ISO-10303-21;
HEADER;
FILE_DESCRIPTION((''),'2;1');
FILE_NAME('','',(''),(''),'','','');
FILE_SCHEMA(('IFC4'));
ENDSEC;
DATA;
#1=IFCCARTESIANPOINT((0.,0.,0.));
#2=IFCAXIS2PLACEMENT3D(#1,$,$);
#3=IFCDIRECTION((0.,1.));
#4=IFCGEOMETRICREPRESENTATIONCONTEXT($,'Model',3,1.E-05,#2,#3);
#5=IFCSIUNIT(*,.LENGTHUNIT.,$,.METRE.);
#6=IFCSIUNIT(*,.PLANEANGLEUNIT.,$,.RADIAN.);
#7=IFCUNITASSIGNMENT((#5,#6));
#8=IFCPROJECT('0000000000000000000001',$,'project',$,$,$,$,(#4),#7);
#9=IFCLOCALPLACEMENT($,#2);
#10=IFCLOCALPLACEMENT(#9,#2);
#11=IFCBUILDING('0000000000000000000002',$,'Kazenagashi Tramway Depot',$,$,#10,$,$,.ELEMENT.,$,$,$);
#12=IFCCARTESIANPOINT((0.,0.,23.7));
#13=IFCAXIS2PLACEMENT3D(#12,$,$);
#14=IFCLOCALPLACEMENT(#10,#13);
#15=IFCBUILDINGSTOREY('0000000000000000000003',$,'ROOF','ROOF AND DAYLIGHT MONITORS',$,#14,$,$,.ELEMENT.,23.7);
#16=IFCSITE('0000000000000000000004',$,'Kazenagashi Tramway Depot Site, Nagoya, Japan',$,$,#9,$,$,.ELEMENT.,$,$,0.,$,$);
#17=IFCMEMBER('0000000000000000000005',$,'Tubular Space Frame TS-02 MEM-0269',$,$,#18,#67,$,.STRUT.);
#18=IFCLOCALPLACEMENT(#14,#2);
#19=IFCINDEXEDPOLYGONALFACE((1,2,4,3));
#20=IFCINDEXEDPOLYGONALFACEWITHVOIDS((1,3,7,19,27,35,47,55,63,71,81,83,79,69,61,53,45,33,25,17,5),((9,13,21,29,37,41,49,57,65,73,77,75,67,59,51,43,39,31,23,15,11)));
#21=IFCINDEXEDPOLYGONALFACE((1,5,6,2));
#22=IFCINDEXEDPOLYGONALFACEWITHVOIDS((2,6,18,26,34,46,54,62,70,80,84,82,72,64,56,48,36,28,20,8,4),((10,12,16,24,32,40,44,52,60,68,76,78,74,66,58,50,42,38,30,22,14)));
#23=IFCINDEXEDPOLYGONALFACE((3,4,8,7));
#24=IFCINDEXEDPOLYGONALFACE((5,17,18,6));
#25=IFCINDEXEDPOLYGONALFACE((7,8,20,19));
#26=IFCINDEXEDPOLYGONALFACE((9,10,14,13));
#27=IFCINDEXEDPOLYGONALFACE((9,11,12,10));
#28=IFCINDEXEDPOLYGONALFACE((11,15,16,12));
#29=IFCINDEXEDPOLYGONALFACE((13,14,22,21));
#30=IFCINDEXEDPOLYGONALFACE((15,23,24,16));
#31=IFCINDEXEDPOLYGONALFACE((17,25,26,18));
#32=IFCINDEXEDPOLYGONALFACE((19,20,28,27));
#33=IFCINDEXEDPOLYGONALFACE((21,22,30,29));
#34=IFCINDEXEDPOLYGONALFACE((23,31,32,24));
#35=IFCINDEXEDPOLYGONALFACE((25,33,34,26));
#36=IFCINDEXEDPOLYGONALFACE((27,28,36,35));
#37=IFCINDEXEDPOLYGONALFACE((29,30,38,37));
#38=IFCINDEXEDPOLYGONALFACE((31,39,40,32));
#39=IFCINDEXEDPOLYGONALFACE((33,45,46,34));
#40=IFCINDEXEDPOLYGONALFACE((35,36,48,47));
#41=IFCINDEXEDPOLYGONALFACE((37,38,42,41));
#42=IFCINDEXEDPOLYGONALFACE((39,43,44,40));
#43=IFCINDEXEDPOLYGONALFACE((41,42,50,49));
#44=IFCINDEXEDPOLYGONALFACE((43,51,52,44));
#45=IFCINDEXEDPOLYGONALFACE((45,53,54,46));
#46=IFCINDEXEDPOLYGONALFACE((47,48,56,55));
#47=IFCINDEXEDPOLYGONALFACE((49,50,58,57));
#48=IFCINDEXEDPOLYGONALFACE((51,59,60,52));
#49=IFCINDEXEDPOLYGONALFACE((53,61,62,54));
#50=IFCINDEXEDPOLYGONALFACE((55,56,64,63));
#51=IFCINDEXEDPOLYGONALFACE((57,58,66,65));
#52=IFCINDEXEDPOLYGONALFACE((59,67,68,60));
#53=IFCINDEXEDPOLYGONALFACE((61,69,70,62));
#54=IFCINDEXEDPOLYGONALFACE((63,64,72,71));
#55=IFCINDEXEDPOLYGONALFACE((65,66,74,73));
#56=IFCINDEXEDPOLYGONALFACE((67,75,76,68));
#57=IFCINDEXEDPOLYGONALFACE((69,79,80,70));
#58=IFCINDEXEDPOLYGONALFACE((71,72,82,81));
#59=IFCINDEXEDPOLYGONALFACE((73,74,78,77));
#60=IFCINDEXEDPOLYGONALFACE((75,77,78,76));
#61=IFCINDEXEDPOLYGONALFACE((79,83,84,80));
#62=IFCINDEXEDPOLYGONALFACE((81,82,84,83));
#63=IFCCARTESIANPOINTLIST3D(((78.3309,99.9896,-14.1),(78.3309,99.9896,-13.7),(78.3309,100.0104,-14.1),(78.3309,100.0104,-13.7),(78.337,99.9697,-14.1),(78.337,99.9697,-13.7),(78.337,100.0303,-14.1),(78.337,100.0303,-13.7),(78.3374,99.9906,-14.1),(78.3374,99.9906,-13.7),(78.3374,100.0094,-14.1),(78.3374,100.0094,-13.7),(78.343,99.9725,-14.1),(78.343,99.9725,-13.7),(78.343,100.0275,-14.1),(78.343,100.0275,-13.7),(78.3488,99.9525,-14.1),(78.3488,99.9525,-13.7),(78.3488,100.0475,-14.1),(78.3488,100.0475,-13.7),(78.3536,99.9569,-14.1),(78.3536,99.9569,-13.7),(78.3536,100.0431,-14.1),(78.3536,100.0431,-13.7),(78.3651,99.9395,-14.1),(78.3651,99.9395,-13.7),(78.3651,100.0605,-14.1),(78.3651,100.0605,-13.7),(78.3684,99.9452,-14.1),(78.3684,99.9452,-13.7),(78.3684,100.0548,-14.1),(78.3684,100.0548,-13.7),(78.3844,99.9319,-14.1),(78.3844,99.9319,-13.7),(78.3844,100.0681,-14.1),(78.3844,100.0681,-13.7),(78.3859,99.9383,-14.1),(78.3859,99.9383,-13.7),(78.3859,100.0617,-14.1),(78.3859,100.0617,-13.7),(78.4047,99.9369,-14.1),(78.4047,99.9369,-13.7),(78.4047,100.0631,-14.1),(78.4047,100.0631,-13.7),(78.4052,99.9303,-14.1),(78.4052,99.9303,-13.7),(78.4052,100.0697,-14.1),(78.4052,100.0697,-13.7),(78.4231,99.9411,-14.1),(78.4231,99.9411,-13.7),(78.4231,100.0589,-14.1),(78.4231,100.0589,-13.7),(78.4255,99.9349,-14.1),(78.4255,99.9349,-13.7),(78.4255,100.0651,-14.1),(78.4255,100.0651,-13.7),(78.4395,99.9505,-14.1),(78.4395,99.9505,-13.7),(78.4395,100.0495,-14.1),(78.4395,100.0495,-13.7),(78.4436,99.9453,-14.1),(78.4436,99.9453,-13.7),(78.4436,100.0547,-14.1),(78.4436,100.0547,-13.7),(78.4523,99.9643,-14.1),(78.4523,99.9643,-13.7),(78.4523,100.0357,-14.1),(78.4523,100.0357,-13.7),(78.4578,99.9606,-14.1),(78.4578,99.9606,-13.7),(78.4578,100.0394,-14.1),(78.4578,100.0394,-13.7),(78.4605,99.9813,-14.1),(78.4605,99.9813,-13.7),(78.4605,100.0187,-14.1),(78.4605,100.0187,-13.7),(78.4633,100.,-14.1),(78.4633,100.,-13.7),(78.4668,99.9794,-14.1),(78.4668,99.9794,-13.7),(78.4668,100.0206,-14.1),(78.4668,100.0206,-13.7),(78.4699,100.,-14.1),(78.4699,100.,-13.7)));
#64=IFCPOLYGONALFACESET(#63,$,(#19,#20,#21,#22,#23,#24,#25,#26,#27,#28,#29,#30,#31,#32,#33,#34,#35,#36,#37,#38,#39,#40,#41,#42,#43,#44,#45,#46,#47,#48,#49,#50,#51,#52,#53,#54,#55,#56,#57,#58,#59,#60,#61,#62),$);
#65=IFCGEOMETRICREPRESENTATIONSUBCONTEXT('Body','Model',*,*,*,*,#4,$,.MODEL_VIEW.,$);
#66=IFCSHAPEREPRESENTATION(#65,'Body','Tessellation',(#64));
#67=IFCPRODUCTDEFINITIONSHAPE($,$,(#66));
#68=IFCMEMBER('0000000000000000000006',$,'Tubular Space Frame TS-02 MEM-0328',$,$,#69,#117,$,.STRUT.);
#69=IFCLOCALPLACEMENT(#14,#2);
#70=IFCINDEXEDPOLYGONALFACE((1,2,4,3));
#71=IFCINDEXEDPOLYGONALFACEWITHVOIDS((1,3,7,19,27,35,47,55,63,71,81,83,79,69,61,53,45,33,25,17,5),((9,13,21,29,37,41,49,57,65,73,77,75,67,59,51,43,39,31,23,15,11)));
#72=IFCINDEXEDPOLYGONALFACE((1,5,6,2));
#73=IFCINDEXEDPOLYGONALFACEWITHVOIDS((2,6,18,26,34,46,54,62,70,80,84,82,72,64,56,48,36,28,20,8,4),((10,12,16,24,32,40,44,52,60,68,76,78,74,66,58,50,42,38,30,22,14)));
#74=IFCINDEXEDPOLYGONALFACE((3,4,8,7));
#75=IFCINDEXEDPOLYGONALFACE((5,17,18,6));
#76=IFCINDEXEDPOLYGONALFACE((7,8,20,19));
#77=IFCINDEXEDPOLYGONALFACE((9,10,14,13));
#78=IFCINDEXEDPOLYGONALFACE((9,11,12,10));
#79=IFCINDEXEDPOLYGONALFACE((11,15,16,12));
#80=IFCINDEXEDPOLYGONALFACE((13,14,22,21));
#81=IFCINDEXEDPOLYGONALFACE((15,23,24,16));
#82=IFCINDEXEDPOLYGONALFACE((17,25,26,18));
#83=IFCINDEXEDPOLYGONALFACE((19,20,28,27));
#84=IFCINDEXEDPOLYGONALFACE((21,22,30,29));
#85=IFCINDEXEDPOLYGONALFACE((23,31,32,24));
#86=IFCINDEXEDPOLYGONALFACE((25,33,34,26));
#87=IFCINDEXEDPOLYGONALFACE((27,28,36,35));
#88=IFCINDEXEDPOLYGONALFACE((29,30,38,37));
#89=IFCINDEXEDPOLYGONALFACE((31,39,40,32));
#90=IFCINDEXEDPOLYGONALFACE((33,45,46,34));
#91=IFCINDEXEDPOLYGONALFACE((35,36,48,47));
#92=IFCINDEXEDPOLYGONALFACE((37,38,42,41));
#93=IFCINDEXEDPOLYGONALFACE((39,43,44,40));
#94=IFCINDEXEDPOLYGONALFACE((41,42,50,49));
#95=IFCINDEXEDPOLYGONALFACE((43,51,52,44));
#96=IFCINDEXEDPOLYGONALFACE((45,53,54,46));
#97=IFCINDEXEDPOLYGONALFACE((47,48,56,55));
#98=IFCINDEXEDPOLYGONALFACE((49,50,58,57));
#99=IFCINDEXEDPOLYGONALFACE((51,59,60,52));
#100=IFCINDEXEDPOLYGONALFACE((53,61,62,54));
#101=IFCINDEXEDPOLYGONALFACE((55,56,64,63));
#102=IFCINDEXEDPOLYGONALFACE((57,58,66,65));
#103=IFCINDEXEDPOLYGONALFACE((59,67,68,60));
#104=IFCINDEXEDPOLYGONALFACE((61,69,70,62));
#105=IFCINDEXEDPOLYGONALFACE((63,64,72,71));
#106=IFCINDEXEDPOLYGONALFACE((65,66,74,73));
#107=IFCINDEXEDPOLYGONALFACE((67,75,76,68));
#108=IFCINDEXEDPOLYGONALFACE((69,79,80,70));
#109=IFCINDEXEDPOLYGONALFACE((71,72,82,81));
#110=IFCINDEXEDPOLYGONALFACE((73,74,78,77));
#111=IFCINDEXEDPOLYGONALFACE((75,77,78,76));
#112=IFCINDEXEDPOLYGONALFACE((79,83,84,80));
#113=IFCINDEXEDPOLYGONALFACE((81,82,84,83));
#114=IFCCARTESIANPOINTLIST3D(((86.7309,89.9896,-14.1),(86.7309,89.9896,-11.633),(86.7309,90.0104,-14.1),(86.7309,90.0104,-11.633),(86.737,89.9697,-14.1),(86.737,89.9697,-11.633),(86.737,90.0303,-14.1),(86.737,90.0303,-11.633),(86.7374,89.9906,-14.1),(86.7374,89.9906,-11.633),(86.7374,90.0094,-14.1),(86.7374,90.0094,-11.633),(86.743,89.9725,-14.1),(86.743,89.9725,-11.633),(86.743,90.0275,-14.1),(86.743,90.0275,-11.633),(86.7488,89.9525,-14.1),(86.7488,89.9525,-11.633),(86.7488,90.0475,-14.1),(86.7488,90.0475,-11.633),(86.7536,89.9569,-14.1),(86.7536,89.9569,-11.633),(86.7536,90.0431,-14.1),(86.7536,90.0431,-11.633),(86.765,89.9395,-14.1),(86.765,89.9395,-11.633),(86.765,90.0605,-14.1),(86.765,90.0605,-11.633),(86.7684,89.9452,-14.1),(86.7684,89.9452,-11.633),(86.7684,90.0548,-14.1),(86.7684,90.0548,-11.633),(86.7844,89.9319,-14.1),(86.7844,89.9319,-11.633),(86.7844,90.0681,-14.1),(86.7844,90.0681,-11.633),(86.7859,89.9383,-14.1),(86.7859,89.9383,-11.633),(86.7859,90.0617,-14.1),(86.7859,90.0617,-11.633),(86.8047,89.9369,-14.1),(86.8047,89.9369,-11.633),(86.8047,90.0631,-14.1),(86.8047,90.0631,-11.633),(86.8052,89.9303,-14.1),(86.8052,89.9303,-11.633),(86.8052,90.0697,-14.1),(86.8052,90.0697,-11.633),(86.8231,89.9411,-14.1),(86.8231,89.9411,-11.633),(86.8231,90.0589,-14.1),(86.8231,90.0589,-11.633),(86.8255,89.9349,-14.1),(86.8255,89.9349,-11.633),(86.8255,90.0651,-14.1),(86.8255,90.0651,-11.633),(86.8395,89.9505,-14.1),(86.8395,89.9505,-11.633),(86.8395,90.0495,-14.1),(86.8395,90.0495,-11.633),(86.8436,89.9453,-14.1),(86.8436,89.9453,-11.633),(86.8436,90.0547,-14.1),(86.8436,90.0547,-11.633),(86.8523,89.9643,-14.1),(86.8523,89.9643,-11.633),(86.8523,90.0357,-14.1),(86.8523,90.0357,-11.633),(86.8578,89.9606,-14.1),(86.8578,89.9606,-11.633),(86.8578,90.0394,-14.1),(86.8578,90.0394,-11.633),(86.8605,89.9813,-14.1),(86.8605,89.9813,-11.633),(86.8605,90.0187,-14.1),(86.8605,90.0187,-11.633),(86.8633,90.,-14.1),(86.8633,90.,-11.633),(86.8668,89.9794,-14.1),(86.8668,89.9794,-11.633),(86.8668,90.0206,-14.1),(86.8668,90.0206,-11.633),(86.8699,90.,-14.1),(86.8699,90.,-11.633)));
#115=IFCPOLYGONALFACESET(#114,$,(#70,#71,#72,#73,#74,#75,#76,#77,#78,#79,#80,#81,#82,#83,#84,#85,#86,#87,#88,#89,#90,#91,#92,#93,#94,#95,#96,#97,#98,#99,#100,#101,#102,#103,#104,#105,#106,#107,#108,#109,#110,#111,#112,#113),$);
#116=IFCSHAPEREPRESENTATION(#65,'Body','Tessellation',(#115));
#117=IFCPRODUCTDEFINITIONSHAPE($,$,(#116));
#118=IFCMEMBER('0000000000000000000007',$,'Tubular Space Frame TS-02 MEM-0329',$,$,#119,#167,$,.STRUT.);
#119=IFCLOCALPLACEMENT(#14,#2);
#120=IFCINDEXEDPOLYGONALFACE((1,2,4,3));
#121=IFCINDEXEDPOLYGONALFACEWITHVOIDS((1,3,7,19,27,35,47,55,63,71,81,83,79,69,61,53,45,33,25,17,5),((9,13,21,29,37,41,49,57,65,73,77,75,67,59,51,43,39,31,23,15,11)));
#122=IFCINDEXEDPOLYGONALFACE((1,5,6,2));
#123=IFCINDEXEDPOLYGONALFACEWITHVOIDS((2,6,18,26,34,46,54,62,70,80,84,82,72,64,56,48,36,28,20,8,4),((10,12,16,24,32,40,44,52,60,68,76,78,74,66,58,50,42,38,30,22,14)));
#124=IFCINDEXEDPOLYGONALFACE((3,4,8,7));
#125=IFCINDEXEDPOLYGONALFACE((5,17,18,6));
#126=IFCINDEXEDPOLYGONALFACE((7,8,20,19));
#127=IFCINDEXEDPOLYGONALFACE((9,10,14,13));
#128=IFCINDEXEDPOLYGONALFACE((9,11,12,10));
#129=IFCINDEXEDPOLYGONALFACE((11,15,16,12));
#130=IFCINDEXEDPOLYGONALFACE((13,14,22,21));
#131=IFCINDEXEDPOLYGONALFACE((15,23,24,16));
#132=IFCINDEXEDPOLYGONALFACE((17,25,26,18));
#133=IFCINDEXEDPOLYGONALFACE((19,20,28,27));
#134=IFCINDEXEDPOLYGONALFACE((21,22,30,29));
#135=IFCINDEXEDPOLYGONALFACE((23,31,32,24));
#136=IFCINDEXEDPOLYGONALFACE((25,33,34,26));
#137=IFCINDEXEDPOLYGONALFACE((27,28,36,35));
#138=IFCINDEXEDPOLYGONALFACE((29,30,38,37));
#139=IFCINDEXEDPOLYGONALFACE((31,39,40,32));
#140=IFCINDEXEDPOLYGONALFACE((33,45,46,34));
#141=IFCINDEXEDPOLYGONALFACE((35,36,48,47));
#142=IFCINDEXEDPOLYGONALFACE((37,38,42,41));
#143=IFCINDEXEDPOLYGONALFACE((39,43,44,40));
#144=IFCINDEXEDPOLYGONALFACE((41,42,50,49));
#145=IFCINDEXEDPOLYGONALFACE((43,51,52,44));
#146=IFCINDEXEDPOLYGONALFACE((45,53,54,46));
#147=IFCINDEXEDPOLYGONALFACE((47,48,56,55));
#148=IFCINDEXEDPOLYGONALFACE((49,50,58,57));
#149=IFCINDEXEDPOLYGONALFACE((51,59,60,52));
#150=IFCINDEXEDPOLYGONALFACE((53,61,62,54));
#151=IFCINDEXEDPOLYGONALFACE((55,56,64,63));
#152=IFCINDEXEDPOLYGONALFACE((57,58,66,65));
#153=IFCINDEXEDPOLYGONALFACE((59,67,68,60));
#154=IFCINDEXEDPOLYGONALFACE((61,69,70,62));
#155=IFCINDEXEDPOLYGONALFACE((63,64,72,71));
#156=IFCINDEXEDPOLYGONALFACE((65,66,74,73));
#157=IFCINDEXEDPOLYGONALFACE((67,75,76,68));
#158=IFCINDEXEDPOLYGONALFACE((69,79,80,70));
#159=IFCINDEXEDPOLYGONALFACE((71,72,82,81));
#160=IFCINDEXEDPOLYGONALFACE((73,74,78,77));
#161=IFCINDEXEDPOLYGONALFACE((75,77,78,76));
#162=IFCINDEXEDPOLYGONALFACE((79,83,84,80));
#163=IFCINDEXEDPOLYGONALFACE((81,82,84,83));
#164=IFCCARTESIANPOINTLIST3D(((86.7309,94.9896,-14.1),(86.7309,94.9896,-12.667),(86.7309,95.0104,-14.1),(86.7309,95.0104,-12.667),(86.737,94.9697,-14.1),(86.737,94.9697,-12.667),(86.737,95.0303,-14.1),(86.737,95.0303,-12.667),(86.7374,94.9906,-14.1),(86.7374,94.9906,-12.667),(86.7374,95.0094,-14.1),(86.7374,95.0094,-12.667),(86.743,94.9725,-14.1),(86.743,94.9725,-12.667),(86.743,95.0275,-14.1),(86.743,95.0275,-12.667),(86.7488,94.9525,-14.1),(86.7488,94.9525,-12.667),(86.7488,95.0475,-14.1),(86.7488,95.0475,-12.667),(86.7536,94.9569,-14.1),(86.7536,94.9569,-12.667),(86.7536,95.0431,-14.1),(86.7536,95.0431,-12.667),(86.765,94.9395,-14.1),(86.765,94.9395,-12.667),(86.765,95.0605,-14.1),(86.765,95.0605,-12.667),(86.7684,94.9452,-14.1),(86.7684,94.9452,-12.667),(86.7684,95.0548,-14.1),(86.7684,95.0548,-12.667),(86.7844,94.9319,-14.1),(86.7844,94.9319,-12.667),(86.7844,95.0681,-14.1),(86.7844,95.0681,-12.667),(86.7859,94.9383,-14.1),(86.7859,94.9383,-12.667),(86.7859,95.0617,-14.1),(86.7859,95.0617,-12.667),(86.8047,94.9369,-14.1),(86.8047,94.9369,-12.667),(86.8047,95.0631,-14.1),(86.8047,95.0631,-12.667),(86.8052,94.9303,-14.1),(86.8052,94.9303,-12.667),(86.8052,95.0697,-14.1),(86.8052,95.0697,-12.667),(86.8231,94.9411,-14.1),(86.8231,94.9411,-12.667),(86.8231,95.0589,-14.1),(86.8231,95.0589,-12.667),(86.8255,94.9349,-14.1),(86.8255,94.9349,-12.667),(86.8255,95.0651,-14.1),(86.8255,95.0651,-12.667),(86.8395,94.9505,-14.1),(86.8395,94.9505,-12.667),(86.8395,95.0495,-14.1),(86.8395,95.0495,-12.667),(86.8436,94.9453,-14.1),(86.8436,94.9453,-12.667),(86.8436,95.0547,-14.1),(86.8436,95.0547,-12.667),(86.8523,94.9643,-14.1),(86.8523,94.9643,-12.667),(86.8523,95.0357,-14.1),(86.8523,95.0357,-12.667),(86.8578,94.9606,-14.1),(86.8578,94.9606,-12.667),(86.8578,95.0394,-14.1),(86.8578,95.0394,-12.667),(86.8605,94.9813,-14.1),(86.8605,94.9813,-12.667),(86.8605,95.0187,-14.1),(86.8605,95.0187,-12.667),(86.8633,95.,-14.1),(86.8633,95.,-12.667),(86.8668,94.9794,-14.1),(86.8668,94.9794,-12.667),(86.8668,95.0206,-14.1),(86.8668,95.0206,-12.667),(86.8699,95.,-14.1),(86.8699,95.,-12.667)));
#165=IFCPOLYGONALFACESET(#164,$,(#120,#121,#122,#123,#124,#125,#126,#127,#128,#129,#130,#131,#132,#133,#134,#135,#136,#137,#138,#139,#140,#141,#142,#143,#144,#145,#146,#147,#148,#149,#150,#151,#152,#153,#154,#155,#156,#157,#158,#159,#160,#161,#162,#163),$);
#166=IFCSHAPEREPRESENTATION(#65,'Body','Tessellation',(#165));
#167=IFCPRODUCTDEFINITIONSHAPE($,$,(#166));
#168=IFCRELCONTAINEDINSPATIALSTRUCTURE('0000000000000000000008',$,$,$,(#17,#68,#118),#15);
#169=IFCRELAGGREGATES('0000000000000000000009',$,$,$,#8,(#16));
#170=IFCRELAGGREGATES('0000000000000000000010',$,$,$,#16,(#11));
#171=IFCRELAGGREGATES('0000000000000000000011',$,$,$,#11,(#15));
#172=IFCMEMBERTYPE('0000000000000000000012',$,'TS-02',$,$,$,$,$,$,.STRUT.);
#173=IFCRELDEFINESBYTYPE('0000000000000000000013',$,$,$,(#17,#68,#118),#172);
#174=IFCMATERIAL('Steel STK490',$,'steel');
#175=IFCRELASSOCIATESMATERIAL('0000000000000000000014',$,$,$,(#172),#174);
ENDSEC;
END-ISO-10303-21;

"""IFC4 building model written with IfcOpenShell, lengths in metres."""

from ifc_helpers import new_model, si_unit, direction, frame, origin, origin_2d, place, context, subcontext, project, spatial, hollow_circle, extrude, material, material_profile, profile_set, type_object, element, save


model = new_model("IFC4")

# Units and contexts
model_context = context("Model", 3, precision=1e-05, world=origin(), true_north=direction((0.0, 1.0)))
body_context = subcontext(model_context, "Body", "Model", "MODEL_VIEW")
ifc_project = project(units=[si_unit("LENGTHUNIT", "METRE"), si_unit("PLANEANGLEUNIT", "RADIAN")], contexts=[model_context])

# Site, building, storey
site_placement = place(None, origin())
site = spatial("IfcSite", under=ifc_project, at=site_placement, Name="Kazenagashi Tramway Depot Site, Nagoya, Japan", CompositionType="ELEMENT", RefElevation=0.0)
building_placement = place(site_placement, origin())
building = spatial("IfcBuilding", under=site, at=building_placement, Name="Kazenagashi Tramway Depot", CompositionType="ELEMENT")
storey_placement = place(building_placement, frame((0.0, 0.0, 23.7)))
storey = spatial("IfcBuildingStorey", under=building, at=storey_placement, Name="ROOF", Description="ROOF AND DAYLIGHT MONITORS", CompositionType="ELEMENT", Elevation=23.7)

# Members
ifc_material_1 = material(Name="Steel STK490", Category="steel")
ifc_material_profile_1 = material_profile(ifc_material_1, hollow_circle(Radius=0.0699, WallThickness=0.0066, at=origin_2d()), Name="CHS-139.8x6.6")
ifc_profile_set_1 = profile_set([ifc_material_profile_1], Name="Steel STK490")
member_type_1 = type_object("IfcMemberType", Name="TS-02", PredefinedType="STRUT", material=ifc_profile_set_1)
member_1_placement = place(storey_placement, frame((78.4, 100.0, -14.1), z_axis=(0.0, 0.0, 1.0), x_axis=(1.0, 0.0, 0.0)))
element("IfcMember", 1, at=member_1_placement, inside=storey, type_object=member_type_1, Name="Tubular Space Frame TS-02 MEM-0269", PredefinedType="STRUT", context=body_context, shape_type="SweptSolid", body=[
    extrude(hollow_circle(Radius=0.0699, WallThickness=0.0066, at=origin_2d()), origin(), (0.0, 0.0, 1.0), 0.4),
])
member_2_placement = place(storey_placement, frame((86.8, 90.0, -14.1), z_axis=(0.0, 0.0, 1.0), x_axis=(1.0, 0.0, 0.0)))
element("IfcMember", 2, at=member_2_placement, inside=storey, type_object=member_type_1, Name="Tubular Space Frame TS-02 MEM-0328", PredefinedType="STRUT", context=body_context, shape_type="SweptSolid", body=[
    extrude(hollow_circle(Radius=0.0699, WallThickness=0.0066, at=origin_2d()), origin(), (0.0, 0.0, 1.0), 2.467),
])
member_3_placement = place(storey_placement, frame((86.8, 95.0, -14.1), z_axis=(0.0, 0.0, 1.0), x_axis=(1.0, 0.0, 0.0)))
element("IfcMember", 3, at=member_3_placement, inside=storey, type_object=member_type_1, Name="Tubular Space Frame TS-02 MEM-0329", PredefinedType="STRUT", context=body_context, shape_type="SweptSolid", body=[
    extrude(hollow_circle(Radius=0.0699, WallThickness=0.0066, at=origin_2d()), origin(), (0.0, 0.0, 1.0), 1.433),
])

save(model, "model.ifc")
